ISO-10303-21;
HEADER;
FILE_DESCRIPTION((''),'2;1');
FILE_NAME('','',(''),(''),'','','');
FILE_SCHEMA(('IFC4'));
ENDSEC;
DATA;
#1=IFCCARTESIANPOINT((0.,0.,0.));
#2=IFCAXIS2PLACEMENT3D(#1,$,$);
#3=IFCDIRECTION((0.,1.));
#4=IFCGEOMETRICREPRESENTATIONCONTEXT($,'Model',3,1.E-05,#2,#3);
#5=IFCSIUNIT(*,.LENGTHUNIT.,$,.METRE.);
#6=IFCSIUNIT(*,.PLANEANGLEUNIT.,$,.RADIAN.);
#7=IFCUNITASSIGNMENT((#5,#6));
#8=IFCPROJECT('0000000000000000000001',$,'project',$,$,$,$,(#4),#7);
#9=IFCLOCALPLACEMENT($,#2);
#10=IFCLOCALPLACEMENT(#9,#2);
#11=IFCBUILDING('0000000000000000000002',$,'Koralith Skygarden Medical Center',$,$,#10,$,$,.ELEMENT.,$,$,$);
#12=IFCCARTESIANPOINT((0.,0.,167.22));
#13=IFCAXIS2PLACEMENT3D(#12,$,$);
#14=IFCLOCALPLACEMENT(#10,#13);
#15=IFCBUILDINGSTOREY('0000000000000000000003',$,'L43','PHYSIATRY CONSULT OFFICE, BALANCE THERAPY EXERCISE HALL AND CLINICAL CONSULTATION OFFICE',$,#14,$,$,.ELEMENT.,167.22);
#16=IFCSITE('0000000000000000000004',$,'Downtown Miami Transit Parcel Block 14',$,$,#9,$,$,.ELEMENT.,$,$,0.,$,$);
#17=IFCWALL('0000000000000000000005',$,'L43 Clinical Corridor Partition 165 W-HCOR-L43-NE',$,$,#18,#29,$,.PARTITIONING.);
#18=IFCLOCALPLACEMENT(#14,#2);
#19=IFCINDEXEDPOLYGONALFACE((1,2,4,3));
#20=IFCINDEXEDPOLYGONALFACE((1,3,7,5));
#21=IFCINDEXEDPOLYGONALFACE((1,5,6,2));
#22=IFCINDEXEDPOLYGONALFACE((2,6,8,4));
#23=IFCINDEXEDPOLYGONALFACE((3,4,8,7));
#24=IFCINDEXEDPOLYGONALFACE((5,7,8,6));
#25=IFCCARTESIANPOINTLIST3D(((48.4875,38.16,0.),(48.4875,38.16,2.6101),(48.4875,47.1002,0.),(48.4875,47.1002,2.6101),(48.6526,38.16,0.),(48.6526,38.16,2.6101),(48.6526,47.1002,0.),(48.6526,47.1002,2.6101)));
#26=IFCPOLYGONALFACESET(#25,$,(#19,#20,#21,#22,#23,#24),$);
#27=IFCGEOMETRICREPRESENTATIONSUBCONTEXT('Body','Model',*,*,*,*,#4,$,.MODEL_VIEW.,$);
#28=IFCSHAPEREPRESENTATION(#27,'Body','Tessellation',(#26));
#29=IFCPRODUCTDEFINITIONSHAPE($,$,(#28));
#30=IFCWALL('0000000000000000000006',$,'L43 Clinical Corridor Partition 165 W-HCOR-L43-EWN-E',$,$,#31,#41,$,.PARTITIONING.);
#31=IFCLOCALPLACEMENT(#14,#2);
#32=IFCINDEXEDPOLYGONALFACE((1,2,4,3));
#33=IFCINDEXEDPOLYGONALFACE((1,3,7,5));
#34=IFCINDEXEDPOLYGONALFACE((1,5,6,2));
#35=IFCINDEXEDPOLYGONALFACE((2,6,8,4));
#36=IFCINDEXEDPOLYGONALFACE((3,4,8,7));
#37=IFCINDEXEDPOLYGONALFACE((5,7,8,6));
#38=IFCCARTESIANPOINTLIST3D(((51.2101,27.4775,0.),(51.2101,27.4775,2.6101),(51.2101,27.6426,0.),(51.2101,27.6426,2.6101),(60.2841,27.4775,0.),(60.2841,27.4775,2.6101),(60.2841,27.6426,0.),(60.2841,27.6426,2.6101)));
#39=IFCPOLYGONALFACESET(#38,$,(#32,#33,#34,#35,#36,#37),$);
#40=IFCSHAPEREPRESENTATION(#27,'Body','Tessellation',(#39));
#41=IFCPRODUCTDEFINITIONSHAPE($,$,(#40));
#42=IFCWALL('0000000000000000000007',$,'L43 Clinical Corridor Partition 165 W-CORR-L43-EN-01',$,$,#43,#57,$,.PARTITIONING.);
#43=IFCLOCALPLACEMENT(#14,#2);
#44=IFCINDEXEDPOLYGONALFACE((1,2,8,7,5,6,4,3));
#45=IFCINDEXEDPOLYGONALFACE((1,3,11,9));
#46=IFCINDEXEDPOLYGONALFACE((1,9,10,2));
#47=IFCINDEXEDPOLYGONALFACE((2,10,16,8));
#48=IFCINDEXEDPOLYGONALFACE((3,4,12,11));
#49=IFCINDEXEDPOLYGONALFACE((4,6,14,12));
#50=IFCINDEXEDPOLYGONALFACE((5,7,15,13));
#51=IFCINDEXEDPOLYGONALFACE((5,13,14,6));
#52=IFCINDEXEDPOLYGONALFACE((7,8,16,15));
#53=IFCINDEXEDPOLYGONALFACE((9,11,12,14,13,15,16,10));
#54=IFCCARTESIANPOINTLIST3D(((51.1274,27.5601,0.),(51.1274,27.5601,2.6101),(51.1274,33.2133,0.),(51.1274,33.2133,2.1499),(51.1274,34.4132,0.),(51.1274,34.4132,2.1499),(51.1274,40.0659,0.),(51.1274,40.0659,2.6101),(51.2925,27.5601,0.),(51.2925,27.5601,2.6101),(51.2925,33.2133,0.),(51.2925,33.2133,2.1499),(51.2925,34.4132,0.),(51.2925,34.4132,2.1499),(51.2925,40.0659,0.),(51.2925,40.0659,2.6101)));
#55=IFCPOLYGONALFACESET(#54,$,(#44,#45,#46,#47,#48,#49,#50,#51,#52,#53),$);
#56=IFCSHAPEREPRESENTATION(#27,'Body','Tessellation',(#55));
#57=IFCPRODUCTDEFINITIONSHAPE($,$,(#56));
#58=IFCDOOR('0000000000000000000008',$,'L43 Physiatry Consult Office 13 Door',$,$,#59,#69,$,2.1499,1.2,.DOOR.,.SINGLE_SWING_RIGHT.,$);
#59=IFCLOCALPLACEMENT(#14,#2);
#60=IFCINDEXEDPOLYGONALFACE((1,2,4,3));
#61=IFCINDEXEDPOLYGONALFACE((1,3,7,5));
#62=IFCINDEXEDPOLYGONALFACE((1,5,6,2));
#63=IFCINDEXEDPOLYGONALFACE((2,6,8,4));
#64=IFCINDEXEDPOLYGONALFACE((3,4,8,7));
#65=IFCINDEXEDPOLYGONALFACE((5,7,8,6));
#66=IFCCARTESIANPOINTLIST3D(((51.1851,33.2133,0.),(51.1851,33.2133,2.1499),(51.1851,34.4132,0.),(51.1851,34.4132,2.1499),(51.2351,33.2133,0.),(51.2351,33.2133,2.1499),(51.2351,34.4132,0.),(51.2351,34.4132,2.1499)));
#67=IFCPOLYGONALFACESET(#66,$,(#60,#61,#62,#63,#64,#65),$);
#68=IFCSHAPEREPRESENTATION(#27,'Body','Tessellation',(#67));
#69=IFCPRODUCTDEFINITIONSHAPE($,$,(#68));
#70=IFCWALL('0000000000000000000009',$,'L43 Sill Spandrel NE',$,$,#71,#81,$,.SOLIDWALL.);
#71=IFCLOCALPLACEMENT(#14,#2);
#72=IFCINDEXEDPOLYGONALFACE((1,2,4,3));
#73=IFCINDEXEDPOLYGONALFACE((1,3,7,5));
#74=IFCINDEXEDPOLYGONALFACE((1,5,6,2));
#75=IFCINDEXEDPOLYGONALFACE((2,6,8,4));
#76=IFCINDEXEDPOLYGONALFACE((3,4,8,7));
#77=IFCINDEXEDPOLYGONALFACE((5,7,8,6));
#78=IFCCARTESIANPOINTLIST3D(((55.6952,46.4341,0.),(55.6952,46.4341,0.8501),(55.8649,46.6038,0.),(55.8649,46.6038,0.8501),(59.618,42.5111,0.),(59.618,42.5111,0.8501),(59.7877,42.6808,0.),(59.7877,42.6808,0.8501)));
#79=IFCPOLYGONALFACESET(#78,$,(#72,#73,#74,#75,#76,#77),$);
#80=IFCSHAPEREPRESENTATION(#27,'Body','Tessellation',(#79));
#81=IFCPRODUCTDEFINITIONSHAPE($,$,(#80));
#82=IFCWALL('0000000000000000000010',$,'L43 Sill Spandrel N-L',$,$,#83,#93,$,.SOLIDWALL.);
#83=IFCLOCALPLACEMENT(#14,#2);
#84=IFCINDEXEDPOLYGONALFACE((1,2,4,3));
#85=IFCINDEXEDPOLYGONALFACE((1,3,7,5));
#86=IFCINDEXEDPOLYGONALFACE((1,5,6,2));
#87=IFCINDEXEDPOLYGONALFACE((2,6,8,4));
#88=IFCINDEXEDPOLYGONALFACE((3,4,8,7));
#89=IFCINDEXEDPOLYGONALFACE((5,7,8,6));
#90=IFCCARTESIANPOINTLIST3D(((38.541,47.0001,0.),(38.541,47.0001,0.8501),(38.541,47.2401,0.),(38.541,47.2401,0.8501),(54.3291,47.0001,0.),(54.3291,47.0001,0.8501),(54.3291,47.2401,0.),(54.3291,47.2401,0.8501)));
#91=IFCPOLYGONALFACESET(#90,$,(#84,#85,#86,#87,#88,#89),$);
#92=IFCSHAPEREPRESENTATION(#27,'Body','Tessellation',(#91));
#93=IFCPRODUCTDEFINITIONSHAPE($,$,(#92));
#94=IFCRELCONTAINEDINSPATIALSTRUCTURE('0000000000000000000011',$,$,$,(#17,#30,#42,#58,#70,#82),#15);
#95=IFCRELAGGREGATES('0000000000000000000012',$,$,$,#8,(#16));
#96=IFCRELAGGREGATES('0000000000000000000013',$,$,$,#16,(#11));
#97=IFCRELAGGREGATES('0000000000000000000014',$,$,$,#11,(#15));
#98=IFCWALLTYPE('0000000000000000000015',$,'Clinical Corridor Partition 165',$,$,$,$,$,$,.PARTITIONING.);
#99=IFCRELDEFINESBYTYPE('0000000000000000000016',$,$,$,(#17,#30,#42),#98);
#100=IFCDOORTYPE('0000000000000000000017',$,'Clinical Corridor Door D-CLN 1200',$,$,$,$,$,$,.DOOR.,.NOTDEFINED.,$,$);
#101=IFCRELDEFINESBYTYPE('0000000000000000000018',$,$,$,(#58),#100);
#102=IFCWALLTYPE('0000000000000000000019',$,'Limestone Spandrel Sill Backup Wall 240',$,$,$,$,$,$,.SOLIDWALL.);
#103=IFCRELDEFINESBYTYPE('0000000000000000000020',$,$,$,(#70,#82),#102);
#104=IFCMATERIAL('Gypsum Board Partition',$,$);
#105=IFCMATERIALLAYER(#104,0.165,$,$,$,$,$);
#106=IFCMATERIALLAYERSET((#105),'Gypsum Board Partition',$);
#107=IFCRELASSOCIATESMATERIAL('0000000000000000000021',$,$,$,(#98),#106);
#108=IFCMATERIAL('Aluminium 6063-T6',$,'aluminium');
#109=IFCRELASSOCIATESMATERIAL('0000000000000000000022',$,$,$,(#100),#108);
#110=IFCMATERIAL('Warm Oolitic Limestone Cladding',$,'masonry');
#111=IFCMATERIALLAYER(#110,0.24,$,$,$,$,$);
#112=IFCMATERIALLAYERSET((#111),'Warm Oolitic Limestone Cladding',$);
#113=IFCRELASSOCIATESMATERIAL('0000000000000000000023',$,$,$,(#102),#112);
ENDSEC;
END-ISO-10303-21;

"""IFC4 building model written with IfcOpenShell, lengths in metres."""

from ifc_helpers import new_model, si_unit, direction, frame, frame_2d, origin, place, context, subcontext, project, spatial, rectangle, extrude, material, layer, layer_set, type_object, element, fill, save


model = new_model("IFC4")

# Units and contexts
model_context = context("Model", 3, precision=1e-05, world=origin(), true_north=direction((0.0, 1.0)))
body_context = subcontext(model_context, "Body", "Model", "MODEL_VIEW")
ifc_project = project(units=[si_unit("LENGTHUNIT", "METRE"), si_unit("PLANEANGLEUNIT", "RADIAN")], contexts=[model_context])

# Site, building, storey
site_placement = place(None, origin())
site = spatial("IfcSite", under=ifc_project, at=site_placement, Name="Downtown Miami Transit Parcel Block 14", CompositionType="ELEMENT", RefElevation=0.0)
building_placement = place(site_placement, origin())
building = spatial("IfcBuilding", under=site, at=building_placement, Name="Koralith Skygarden Medical Center", CompositionType="ELEMENT")
storey_placement = place(building_placement, frame((0.0, 0.0, 167.22)))
storey = spatial("IfcBuildingStorey", under=building, at=storey_placement, Name="L43", Description="PHYSIATRY CONSULT OFFICE, BALANCE THERAPY EXERCISE HALL AND CLINICAL CONSULTATION OFFICE", CompositionType="ELEMENT", Elevation=167.22)

# Shared definitions
ifc_material_1 = material(Name="Aluminium 6063-T6", Category="aluminium")

# Shared definitions
ifc_material_2 = material(Name="Warm Oolitic Limestone Cladding", Category="masonry")

# Walls
ifc_material_3 = material(Name="Gypsum Board Partition")
ifc_layer_1 = layer(ifc_material_3, 0.165)
ifc_layer_set_1 = layer_set([ifc_layer_1], Name="Gypsum Board Partition")
wall_type_1 = type_object("IfcWallType", Name="Clinical Corridor Partition 165", PredefinedType="PARTITIONING", material=ifc_layer_set_1)
wall_1_placement = place(storey_placement, frame((48.5701, 38.1599, 0.0), z_axis=(0.0, 0.0, 1.0), x_axis=(0.0, 1.0, 0.0)))
element("IfcWall", 1, at=wall_1_placement, inside=storey, type_object=wall_type_1, Name="L43 Clinical Corridor Partition 165 W-HCOR-L43-NE", PredefinedType="PARTITIONING", context=body_context, shape_type="SweptSolid", body=[
    extrude(rectangle(XDim=8.9402, YDim=0.165, at=frame_2d((4.4702, 0.0))), origin(), (0.0, 0.0, 1.0), 2.6101),
])
wall_2_placement = place(storey_placement, frame((51.21, 27.5601, 0.0), z_axis=(0.0, 0.0, 1.0), x_axis=(1.0, 0.0, 0.0)))
element("IfcWall", 2, at=wall_2_placement, inside=storey, type_object=wall_type_1, Name="L43 Clinical Corridor Partition 165 W-HCOR-L43-EWN-E", PredefinedType="PARTITIONING", context=body_context, shape_type="SweptSolid", body=[
    extrude(rectangle(XDim=9.074, YDim=0.165, at=frame_2d((4.5371, 0.0))), origin(), (0.0, 0.0, 1.0), 2.6101),
])

# Wall, opening, door
wall_3_placement = place(storey_placement, frame((51.21, 27.5601, 0.0), z_axis=(0.0, 0.0, 1.0), x_axis=(0.0, 1.0, 0.0)))
wall_3 = element("IfcWall", 3, at=wall_3_placement, inside=storey, type_object=wall_type_1, Name="L43 Clinical Corridor Partition 165 W-CORR-L43-EN-01", PredefinedType="PARTITIONING", context=body_context, shape_type="SweptSolid", body=[
    extrude(rectangle(XDim=12.5059, YDim=0.165, at=frame_2d((6.2529, 0.0))), origin(), (0.0, 0.0, 1.0), 2.6101),
])
opening_1_placement = place(wall_3_placement, frame((5.6531, 0.0, 0.0)))
opening_1 = element("IfcOpeningElement", 4, at=opening_1_placement, cuts=wall_3, PredefinedType="OPENING", context=body_context, shape_type="SweptSolid", body=[
    extrude(rectangle(XDim=1.2, YDim=2.1499, at=frame_2d((0.6001, 1.075))), frame((0.0, 0.0925, 0.0), z_axis=(0.0, -1.0, 0.0), x_axis=(1.0, 0.0, 0.0)), (0.0, 0.0, 1.0), 0.1851),
])
door_type = type_object("IfcDoorType", Name="Clinical Corridor Door D-CLN 1200", OperationType="NOTDEFINED", PredefinedType="DOOR", material=ifc_material_1)
door_1_placement = place(opening_1_placement, origin())
door_1 = element("IfcDoor", 5, at=door_1_placement, inside=storey, type_object=door_type, Name="L43 Physiatry Consult Office 13 Door", OperationType="SINGLE_SWING_RIGHT", OverallHeight=2.1499, OverallWidth=1.2, PredefinedType="DOOR", context=body_context, shape_type="SweptSolid", body=[
    extrude(rectangle(XDim=1.2, YDim=2.1499, at=frame_2d((0.6001, 1.075))), frame((0.0, 0.0249, 0.0), z_axis=(0.0, -1.0, 0.0), x_axis=(1.0, 0.0, 0.0)), (0.0, 0.0, 1.0), 0.05),
])
fill(opening_1, door_1)

# Walls
ifc_layer_2 = layer(ifc_material_2, 0.24)
ifc_layer_set_2 = layer_set([ifc_layer_2], Name="Warm Oolitic Limestone Cladding")
wall_type_2 = type_object("IfcWallType", Name="Limestone Spandrel Sill Backup Wall 240", PredefinedType="SOLIDWALL", material=ifc_layer_set_2)
wall_4_placement = place(storey_placement, frame((59.7029, 42.5959, 0.0), z_axis=(0.0, 0.0, 1.0), x_axis=(-0.707085, 0.707129, 0.0)))
element("IfcWall", 6, at=wall_4_placement, inside=storey, type_object=wall_type_2, Name="L43 Sill Spandrel NE", PredefinedType="SOLIDWALL", context=body_context, shape_type="SweptSolid", body=[
    extrude(rectangle(XDim=5.5479, YDim=0.24, at=frame_2d((2.7739, 0.0))), origin(), (0.0, 0.0, 1.0), 0.8501),
])
wall_5_placement = place(storey_placement, frame((54.3291, 47.1201, 0.0), z_axis=(0.0, 0.0, 1.0), x_axis=(-1.0, 0.0, 0.0)))
element("IfcWall", 7, at=wall_5_placement, inside=storey, type_object=wall_type_2, Name="L43 Sill Spandrel N-L", PredefinedType="SOLIDWALL", context=body_context, shape_type="SweptSolid", body=[
    extrude(rectangle(XDim=15.7881, YDim=0.24, at=frame_2d((7.894, 0.0))), origin(), (0.0, 0.0, 1.0), 0.8501),
])

save(model, "model.ifc")
